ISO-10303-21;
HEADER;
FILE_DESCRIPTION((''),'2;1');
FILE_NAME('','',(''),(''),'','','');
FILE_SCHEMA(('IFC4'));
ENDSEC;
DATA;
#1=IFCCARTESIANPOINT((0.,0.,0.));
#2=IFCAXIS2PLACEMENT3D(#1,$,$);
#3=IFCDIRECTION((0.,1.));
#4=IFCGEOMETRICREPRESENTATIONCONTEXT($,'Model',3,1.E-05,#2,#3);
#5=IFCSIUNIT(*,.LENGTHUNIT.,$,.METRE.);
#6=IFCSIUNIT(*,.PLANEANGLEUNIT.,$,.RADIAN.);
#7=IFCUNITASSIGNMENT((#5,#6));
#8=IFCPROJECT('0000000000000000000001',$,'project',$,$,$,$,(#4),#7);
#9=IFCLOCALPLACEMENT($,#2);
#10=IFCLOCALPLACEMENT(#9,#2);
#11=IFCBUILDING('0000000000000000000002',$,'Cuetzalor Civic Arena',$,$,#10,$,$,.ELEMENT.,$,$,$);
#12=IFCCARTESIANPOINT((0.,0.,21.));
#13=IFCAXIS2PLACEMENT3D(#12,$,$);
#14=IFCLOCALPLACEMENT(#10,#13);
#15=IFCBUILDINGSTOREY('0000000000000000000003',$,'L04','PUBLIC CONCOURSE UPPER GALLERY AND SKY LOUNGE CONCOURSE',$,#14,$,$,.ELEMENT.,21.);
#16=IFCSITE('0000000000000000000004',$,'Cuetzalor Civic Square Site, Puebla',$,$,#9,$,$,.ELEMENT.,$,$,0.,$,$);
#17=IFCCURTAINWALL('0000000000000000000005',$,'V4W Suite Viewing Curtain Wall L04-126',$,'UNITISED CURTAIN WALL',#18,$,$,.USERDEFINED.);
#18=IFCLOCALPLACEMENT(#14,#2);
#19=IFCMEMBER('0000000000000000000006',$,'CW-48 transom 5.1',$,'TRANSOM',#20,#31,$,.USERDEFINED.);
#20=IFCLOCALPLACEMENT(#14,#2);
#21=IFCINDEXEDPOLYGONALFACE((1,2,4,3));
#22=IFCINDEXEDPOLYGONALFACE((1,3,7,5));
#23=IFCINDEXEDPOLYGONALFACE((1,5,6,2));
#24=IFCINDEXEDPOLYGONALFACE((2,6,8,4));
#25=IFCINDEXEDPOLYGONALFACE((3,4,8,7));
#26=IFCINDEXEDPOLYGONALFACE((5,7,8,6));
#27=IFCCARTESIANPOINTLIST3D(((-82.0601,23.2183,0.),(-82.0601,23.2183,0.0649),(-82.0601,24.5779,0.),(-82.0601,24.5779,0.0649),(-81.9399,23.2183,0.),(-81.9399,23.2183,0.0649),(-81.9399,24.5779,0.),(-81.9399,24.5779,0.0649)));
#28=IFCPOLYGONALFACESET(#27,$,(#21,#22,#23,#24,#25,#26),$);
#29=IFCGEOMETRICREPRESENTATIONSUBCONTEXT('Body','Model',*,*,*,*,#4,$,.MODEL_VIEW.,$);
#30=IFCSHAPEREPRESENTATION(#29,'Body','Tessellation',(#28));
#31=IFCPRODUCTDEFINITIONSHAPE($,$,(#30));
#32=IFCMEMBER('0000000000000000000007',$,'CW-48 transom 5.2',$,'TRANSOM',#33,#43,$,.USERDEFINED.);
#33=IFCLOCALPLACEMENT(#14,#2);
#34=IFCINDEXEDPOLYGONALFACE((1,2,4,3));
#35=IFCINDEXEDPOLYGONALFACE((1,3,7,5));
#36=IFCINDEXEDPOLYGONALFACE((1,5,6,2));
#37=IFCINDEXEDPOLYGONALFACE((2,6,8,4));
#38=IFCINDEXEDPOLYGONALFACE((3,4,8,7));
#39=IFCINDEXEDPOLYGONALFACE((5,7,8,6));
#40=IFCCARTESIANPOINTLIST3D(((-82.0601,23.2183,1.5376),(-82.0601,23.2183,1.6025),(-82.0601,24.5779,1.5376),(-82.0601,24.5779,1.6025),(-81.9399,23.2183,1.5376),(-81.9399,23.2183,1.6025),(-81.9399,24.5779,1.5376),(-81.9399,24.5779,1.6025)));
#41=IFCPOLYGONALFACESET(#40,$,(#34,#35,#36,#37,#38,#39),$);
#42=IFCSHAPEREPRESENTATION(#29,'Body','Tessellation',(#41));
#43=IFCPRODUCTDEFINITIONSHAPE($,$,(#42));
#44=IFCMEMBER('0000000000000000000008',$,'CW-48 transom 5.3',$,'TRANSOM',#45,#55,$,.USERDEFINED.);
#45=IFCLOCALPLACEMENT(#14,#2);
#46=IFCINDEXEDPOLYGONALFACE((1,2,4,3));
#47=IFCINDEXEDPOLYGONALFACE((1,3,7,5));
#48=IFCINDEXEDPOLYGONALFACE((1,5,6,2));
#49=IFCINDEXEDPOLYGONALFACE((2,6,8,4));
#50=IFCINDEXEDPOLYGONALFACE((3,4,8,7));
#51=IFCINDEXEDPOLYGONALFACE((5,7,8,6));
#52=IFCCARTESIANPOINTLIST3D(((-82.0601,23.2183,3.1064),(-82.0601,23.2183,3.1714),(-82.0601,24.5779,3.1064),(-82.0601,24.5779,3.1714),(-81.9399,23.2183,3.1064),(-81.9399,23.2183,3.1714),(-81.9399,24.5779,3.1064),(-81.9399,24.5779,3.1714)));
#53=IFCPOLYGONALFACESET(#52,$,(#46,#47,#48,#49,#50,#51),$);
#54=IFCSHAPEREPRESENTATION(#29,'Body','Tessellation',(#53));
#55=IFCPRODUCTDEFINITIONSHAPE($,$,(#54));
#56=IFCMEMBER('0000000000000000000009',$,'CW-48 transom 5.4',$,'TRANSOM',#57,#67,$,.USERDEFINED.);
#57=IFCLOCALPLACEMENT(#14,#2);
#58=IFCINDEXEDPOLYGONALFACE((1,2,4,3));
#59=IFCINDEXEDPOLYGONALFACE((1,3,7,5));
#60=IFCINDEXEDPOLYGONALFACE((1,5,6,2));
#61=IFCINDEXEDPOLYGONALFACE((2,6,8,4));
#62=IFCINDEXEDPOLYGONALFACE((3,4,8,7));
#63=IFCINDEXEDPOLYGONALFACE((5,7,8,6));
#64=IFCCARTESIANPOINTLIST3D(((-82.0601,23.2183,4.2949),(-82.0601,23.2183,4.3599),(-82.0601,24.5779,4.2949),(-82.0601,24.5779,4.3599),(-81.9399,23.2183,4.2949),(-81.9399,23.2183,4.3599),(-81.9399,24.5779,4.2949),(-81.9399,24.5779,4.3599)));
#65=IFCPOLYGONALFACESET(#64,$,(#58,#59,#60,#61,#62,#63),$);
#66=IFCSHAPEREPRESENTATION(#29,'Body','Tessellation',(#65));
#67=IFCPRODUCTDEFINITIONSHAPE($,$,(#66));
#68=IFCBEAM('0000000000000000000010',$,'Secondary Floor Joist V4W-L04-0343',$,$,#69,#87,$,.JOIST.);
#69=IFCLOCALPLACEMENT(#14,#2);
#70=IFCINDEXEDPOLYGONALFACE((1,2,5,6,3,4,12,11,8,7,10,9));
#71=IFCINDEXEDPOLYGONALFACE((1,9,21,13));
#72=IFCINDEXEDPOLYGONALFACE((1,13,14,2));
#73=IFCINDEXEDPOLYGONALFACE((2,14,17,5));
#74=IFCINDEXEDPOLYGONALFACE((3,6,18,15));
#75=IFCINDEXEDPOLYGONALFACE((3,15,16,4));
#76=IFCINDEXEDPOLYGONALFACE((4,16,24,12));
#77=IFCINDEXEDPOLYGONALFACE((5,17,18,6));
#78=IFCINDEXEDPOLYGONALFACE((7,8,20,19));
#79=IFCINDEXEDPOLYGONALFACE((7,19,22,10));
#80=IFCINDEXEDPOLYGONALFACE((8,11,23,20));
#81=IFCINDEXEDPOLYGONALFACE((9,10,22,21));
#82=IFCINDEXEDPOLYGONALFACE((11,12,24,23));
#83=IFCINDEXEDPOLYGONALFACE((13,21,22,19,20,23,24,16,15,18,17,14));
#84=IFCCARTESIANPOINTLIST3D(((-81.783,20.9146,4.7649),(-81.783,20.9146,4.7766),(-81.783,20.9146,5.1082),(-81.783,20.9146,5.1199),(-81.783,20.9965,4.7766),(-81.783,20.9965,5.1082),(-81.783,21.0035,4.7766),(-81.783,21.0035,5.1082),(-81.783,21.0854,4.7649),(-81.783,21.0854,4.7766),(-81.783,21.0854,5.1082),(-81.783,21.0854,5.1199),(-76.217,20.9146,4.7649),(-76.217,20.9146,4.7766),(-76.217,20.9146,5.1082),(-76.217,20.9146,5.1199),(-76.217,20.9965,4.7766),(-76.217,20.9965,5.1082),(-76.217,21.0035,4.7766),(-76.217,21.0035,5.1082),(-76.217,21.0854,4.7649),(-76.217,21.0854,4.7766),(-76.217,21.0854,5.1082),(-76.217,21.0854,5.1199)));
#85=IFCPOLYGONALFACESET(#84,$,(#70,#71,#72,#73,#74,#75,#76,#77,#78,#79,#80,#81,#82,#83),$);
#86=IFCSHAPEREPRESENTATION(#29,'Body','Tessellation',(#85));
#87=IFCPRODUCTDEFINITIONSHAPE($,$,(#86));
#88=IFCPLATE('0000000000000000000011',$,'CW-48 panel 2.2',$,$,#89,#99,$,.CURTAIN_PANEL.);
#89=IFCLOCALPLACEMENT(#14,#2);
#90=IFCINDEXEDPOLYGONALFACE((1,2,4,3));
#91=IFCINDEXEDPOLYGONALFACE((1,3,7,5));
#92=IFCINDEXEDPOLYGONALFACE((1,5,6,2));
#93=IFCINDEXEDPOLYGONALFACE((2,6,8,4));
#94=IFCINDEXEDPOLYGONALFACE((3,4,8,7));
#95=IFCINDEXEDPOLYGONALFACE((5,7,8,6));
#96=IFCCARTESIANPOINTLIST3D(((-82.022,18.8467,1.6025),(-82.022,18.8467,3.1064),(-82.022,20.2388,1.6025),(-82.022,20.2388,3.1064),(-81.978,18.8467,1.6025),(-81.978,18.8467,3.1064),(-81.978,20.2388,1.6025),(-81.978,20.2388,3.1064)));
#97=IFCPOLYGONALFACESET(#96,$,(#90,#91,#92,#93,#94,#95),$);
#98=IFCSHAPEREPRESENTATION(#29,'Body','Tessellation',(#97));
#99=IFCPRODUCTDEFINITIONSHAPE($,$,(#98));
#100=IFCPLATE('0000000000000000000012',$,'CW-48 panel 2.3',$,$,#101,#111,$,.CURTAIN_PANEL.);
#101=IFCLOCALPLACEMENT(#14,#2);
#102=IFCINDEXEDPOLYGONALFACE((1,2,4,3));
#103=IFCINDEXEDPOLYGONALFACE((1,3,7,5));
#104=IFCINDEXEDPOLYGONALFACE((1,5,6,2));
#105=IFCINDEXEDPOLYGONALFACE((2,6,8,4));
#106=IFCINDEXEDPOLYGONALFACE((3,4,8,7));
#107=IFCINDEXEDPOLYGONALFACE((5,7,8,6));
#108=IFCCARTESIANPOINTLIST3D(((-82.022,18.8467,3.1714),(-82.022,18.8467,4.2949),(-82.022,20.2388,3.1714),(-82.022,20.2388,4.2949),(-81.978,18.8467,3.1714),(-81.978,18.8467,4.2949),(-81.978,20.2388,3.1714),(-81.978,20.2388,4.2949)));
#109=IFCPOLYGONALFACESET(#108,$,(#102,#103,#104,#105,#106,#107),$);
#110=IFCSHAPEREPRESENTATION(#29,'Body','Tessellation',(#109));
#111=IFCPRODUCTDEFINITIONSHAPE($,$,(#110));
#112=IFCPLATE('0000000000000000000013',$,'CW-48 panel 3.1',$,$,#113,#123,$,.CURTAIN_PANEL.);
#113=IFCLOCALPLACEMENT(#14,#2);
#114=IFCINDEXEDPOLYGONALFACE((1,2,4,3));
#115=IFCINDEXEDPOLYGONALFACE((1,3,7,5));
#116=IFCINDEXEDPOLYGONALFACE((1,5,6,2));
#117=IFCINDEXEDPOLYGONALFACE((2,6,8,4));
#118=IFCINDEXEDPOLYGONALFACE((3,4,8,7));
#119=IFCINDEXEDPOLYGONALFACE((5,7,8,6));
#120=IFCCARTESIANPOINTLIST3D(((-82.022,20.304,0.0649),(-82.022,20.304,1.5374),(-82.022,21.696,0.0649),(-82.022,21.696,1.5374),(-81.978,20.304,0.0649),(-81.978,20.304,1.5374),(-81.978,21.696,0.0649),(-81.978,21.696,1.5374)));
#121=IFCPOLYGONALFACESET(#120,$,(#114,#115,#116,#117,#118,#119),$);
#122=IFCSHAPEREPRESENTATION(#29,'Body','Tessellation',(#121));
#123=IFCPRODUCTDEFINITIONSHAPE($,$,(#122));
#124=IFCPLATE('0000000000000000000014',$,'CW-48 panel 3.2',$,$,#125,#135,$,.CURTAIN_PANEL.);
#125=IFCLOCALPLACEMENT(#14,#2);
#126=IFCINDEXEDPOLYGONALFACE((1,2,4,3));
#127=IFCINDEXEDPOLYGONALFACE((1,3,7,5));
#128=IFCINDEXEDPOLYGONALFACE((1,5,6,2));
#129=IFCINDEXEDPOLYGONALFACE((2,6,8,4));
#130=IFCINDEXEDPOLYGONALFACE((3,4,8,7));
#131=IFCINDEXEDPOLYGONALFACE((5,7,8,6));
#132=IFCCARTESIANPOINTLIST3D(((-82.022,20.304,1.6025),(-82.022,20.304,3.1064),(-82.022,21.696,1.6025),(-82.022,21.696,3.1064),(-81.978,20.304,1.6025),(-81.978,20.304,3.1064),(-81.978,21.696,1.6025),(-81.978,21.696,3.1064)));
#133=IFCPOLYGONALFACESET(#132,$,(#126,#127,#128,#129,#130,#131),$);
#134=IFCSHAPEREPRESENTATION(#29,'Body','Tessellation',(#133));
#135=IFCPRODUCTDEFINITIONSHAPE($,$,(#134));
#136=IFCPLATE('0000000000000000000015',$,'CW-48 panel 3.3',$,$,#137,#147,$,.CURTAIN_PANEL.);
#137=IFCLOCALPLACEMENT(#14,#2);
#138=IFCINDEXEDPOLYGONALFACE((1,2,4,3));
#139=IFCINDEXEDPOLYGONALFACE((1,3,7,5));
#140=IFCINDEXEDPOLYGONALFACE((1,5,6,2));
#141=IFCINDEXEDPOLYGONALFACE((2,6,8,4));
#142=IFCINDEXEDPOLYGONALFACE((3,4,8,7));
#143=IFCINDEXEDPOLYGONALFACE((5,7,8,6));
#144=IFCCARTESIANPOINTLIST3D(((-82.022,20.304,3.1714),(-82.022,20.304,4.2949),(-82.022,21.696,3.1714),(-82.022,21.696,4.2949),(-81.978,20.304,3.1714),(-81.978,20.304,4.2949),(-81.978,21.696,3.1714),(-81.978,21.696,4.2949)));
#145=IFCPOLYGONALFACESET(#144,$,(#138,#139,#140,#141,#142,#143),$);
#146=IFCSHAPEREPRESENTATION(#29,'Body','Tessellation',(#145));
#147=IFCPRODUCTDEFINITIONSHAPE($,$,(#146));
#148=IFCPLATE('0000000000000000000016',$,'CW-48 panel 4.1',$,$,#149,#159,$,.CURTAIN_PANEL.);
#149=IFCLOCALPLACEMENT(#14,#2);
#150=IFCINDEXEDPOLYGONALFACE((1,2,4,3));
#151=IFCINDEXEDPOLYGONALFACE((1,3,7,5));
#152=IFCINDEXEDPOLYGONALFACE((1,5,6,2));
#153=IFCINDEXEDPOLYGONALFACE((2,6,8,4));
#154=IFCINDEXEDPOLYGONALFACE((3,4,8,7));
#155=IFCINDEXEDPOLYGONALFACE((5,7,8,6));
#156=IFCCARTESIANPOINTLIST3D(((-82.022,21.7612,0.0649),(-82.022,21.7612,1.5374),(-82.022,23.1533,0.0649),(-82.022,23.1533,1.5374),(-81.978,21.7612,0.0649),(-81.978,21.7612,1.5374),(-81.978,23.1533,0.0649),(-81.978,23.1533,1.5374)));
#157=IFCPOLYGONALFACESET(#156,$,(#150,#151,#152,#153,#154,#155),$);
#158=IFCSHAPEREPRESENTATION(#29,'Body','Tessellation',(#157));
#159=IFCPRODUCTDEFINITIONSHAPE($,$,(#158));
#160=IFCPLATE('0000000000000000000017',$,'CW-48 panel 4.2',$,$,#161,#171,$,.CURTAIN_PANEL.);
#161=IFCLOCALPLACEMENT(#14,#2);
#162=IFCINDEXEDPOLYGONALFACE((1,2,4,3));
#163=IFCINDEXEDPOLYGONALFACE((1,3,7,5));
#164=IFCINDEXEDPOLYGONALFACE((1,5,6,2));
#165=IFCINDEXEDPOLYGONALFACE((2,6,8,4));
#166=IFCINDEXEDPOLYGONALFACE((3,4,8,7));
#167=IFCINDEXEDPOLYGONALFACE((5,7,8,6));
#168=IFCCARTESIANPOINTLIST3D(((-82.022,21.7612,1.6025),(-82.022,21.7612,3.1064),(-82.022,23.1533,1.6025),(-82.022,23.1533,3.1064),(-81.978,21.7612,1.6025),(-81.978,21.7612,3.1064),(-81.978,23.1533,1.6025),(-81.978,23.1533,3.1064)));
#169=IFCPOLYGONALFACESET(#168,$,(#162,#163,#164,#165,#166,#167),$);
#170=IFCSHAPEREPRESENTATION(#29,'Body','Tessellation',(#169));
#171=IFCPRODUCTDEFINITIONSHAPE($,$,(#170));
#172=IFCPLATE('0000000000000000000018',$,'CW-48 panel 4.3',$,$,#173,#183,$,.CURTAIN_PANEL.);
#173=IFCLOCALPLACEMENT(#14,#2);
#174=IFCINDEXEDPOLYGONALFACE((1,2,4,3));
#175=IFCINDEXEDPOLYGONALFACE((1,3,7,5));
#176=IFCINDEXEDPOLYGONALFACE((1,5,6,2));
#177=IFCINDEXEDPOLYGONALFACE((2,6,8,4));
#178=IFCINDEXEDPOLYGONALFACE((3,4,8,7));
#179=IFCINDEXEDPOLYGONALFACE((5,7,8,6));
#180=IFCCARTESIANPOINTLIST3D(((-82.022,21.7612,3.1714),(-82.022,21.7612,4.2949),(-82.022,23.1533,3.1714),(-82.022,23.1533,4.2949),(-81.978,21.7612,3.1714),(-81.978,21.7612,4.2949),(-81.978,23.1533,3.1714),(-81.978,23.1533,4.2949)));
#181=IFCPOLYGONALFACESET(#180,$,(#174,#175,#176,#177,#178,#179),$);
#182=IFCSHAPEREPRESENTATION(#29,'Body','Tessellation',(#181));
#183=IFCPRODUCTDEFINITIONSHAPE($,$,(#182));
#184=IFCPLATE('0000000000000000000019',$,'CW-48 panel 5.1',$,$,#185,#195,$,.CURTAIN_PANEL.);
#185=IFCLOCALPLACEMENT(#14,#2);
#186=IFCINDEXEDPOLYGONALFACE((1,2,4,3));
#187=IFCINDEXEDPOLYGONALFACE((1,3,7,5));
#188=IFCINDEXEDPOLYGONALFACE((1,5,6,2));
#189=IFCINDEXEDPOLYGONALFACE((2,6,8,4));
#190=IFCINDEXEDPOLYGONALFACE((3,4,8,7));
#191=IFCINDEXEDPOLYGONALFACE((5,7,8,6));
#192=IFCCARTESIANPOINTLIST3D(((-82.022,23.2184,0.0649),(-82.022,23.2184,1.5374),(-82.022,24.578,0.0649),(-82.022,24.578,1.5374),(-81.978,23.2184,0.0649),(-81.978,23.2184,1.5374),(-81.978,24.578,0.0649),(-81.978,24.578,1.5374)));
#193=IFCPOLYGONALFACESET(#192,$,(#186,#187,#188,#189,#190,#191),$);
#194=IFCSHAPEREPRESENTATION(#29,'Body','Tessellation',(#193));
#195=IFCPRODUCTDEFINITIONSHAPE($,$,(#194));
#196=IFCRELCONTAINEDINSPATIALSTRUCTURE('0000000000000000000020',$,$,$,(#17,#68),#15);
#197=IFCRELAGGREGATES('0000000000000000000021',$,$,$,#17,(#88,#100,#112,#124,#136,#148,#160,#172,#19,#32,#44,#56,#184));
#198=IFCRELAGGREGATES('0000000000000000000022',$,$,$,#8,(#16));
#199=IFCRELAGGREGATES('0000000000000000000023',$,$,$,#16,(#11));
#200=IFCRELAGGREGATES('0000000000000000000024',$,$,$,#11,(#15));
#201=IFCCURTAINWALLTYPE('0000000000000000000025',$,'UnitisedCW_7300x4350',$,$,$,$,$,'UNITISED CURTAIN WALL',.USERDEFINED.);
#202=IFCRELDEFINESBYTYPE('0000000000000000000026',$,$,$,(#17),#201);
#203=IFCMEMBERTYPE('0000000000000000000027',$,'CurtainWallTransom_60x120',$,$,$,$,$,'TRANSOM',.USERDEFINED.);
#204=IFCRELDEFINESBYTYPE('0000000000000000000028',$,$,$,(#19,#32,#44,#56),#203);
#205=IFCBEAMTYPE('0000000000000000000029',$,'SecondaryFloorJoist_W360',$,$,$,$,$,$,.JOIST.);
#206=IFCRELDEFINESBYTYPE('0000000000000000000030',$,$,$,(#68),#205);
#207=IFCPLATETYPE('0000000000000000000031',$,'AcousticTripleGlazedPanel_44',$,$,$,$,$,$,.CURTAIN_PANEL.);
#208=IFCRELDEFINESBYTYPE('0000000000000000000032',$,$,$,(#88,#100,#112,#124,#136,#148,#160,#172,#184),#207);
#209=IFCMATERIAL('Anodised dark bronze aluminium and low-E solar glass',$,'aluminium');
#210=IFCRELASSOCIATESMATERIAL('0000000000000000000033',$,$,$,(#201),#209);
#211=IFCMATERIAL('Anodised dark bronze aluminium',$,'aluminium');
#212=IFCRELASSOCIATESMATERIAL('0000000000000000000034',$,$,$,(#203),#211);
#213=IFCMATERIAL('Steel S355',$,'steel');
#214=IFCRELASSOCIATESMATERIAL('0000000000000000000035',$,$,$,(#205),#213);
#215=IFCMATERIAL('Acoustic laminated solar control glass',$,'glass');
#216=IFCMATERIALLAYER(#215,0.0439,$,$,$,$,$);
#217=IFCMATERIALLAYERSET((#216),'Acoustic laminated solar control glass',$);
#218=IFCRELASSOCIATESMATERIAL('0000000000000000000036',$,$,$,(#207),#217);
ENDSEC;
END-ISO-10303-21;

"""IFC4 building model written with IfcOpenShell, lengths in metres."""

from ifc_helpers import new_model, si_unit, direction, frame, origin, origin_2d, place, context, subcontext, project, spatial, rectangle, i_section, extrude, material, layer, layer_set, material_profile, profile_set, type_object, element, aggregate, save


model = new_model("IFC4")

# Units and contexts
model_context = context("Model", 3, precision=1e-05, world=origin(), true_north=direction((0.0, 1.0)))
body_context = subcontext(model_context, "Body", "Model", "MODEL_VIEW")
ifc_project = project(units=[si_unit("LENGTHUNIT", "METRE"), si_unit("PLANEANGLEUNIT", "RADIAN")], contexts=[model_context])

# Site, building, storey
site_placement = place(None, origin())
site = spatial("IfcSite", under=ifc_project, at=site_placement, Name="Cuetzalor Civic Square Site, Puebla", CompositionType="ELEMENT", RefElevation=0.0)
building_placement = place(site_placement, origin())
building = spatial("IfcBuilding", under=site, at=building_placement, Name="Cuetzalor Civic Arena", CompositionType="ELEMENT")
storey_placement = place(building_placement, frame((0.0, 0.0, 21.0)))
storey = spatial("IfcBuildingStorey", under=building, at=storey_placement, Name="L04", Description="PUBLIC CONCOURSE UPPER GALLERY AND SKY LOUNGE CONCOURSE", CompositionType="ELEMENT", Elevation=21.0)

# Curtain wall, members
ifc_material_1 = material(Name="Anodised dark bronze aluminium and low-E solar glass", Category="aluminium")
curtain_wall_type = type_object("IfcCurtainWallType", Name="UnitisedCW_7300x4350", ElementType="UNITISED CURTAIN WALL", PredefinedType="USERDEFINED", material=ifc_material_1)
curtain_wall_placement = place(storey_placement, origin())
curtain_wall = element("IfcCurtainWall", 1, at=curtain_wall_placement, inside=storey, type_object=curtain_wall_type, Name="V4W Suite Viewing Curtain Wall L04-126", ObjectType="UNITISED CURTAIN WALL", PredefinedType="USERDEFINED")
ifc_material_2 = material(Name="Anodised dark bronze aluminium", Category="aluminium")
ifc_material_profile_1 = material_profile(ifc_material_2, rectangle(XDim=0.1201, YDim=0.0649, at=origin_2d()), Name="ALU TRANSOM 65x120")
ifc_profile_set_1 = profile_set([ifc_material_profile_1], Name="Anodised dark bronze aluminium")
member_type_1 = type_object("IfcMemberType", Name="CurtainWallTransom_60x120", ElementType="TRANSOM", PredefinedType="USERDEFINED", material=ifc_profile_set_1)
member_1_placement = place(storey_placement, frame((-82.0, 23.2183, 0.0325), z_axis=(0.0, 1.0, 0.0), x_axis=(-1.0, 0.0, 0.0)))
member_1 = element("IfcMember", 2, at=member_1_placement, type_object=member_type_1, Name="CW-48 transom 5.1", ObjectType="TRANSOM", PredefinedType="USERDEFINED", context=body_context, shape_type="SweptSolid", body=[
    extrude(rectangle(XDim=0.1201, YDim=0.0649, at=origin_2d()), origin(), (0.0, 0.0, 1.0), 1.3596),
])
member_2_placement = place(storey_placement, frame((-82.0, 23.2183, 1.5701), z_axis=(0.0, 1.0, 0.0), x_axis=(-1.0, 0.0, 0.0)))
member_2 = element("IfcMember", 3, at=member_2_placement, type_object=member_type_1, Name="CW-48 transom 5.2", ObjectType="TRANSOM", PredefinedType="USERDEFINED", context=body_context, shape_type="SweptSolid", body=[
    extrude(rectangle(XDim=0.1201, YDim=0.0649, at=origin_2d()), origin(), (0.0, 0.0, 1.0), 1.3596),
])
member_3_placement = place(storey_placement, frame((-82.0, 23.2183, 3.1389), z_axis=(0.0, 1.0, 0.0), x_axis=(-1.0, 0.0, 0.0)))
member_3 = element("IfcMember", 4, at=member_3_placement, type_object=member_type_1, Name="CW-48 transom 5.3", ObjectType="TRANSOM", PredefinedType="USERDEFINED", context=body_context, shape_type="SweptSolid", body=[
    extrude(rectangle(XDim=0.1201, YDim=0.0649, at=origin_2d()), origin(), (0.0, 0.0, 1.0), 1.3596),
])
member_4_placement = place(storey_placement, frame((-82.0, 23.2183, 4.3274), z_axis=(0.0, 1.0, 0.0), x_axis=(-1.0, 0.0, 0.0)))
member_4 = element("IfcMember", 5, at=member_4_placement, type_object=member_type_1, Name="CW-48 transom 5.4", ObjectType="TRANSOM", PredefinedType="USERDEFINED", context=body_context, shape_type="SweptSolid", body=[
    extrude(rectangle(XDim=0.1201, YDim=0.0649, at=origin_2d()), origin(), (0.0, 0.0, 1.0), 1.3596),
])

# Beam
ifc_material_3 = material(Name="Steel S355", Category="steel")
ifc_material_profile_2 = material_profile(ifc_material_3, i_section(OverallWidth=0.1709, OverallDepth=0.355, WebThickness=0.0071, FlangeThickness=0.0117, at=origin_2d()), Name="W360x51")
ifc_profile_set_2 = profile_set([ifc_material_profile_2], Name="Steel S355")
beam_type_1 = type_object("IfcBeamType", Name="SecondaryFloorJoist_W360", PredefinedType="JOIST", material=ifc_profile_set_2)
beam_1_placement = place(storey_placement, frame((-81.783, 21.0, 4.9424), z_axis=(1.0, 0.0, 0.0), x_axis=(0.0, 1.0, 0.0)))
element("IfcBeam", 6, at=beam_1_placement, inside=storey, type_object=beam_type_1, Name="Secondary Floor Joist V4W-L04-0343", PredefinedType="JOIST", context=body_context, shape_type="SweptSolid", body=[
    extrude(i_section(OverallWidth=0.1709, OverallDepth=0.355, WebThickness=0.0071, FlangeThickness=0.0117, at=origin_2d()), origin(), (0.0, 0.0, 1.0), 5.5659),
])

# Plates
ifc_material_4 = material(Name="Acoustic laminated solar control glass", Category="glass")
ifc_layer = layer(ifc_material_4, 0.0439)
ifc_layer_set = layer_set([ifc_layer], Name="Acoustic laminated solar control glass")
plate_type = type_object("IfcPlateType", Name="AcousticTripleGlazedPanel_44", PredefinedType="CURTAIN_PANEL", material=ifc_layer_set)
plate_1_placement = place(storey_placement, frame((-82.0, 19.5427, 1.6025), z_axis=(0.0, 0.0, 1.0), x_axis=(0.0, 1.0, 0.0)))
plate_1 = element("IfcPlate", 7, at=plate_1_placement, type_object=plate_type, Name="CW-48 panel 2.2", PredefinedType="CURTAIN_PANEL", context=body_context, shape_type="SweptSolid", body=[
    extrude(rectangle(XDim=1.3921, YDim=0.0439, at=origin_2d()), origin(), (0.0, 0.0, 1.0), 1.5039),
])
plate_2_placement = place(storey_placement, frame((-82.0, 19.5427, 3.1714), z_axis=(0.0, 0.0, 1.0), x_axis=(0.0, 1.0, 0.0)))
plate_2 = element("IfcPlate", 8, at=plate_2_placement, type_object=plate_type, Name="CW-48 panel 2.3", PredefinedType="CURTAIN_PANEL", context=body_context, shape_type="SweptSolid", body=[
    extrude(rectangle(XDim=1.3921, YDim=0.0439, at=origin_2d()), origin(), (0.0, 0.0, 1.0), 1.1235),
])
plate_3_placement = place(storey_placement, frame((-82.0, 21.0, 0.0649), z_axis=(0.0, 0.0, 1.0), x_axis=(0.0, 1.0, 0.0)))
plate_3 = element("IfcPlate", 9, at=plate_3_placement, type_object=plate_type, Name="CW-48 panel 3.1", PredefinedType="CURTAIN_PANEL", context=body_context, shape_type="SweptSolid", body=[
    extrude(rectangle(XDim=1.3921, YDim=0.0439, at=origin_2d()), origin(), (0.0, 0.0, 1.0), 1.4724),
])
plate_4_placement = place(storey_placement, frame((-82.0, 21.0, 1.6025), z_axis=(0.0, 0.0, 1.0), x_axis=(0.0, 1.0, 0.0)))
plate_4 = element("IfcPlate", 10, at=plate_4_placement, type_object=plate_type, Name="CW-48 panel 3.2", PredefinedType="CURTAIN_PANEL", context=body_context, shape_type="SweptSolid", body=[
    extrude(rectangle(XDim=1.3921, YDim=0.0439, at=origin_2d()), origin(), (0.0, 0.0, 1.0), 1.5039),
])
plate_5_placement = place(storey_placement, frame((-82.0, 21.0, 3.1714), z_axis=(0.0, 0.0, 1.0), x_axis=(0.0, 1.0, 0.0)))
plate_5 = element("IfcPlate", 11, at=plate_5_placement, type_object=plate_type, Name="CW-48 panel 3.3", PredefinedType="CURTAIN_PANEL", context=body_context, shape_type="SweptSolid", body=[
    extrude(rectangle(XDim=1.3921, YDim=0.0439, at=origin_2d()), origin(), (0.0, 0.0, 1.0), 1.1235),
])
plate_6_placement = place(storey_placement, frame((-82.0, 22.4573, 0.0649), z_axis=(0.0, 0.0, 1.0), x_axis=(0.0, 1.0, 0.0)))
plate_6 = element("IfcPlate", 12, at=plate_6_placement, type_object=plate_type, Name="CW-48 panel 4.1", PredefinedType="CURTAIN_PANEL", context=body_context, shape_type="SweptSolid", body=[
    extrude(rectangle(XDim=1.3921, YDim=0.0439, at=origin_2d()), origin(), (0.0, 0.0, 1.0), 1.4724),
])
plate_7_placement = place(storey_placement, frame((-82.0, 22.4573, 1.6025), z_axis=(0.0, 0.0, 1.0), x_axis=(0.0, 1.0, 0.0)))
plate_7 = element("IfcPlate", 13, at=plate_7_placement, type_object=plate_type, Name="CW-48 panel 4.2", PredefinedType="CURTAIN_PANEL", context=body_context, shape_type="SweptSolid", body=[
    extrude(rectangle(XDim=1.3921, YDim=0.0439, at=origin_2d()), origin(), (0.0, 0.0, 1.0), 1.5039),
])
plate_8_placement = place(storey_placement, frame((-82.0, 22.4573, 3.1714), z_axis=(0.0, 0.0, 1.0), x_axis=(0.0, 1.0, 0.0)))
plate_8 = element("IfcPlate", 14, at=plate_8_placement, type_object=plate_type, Name="CW-48 panel 4.3", PredefinedType="CURTAIN_PANEL", context=body_context, shape_type="SweptSolid", body=[
    extrude(rectangle(XDim=1.3921, YDim=0.0439, at=origin_2d()), origin(), (0.0, 0.0, 1.0), 1.1235),
])
plate_9_placement = place(storey_placement, frame((-82.0, 23.8982, 0.0649), z_axis=(0.0, 0.0, 1.0), x_axis=(0.0, 1.0, 0.0)))
plate_9 = element("IfcPlate", 15, at=plate_9_placement, type_object=plate_type, Name="CW-48 panel 5.1", PredefinedType="CURTAIN_PANEL", context=body_context, shape_type="SweptSolid", body=[
    extrude(rectangle(XDim=1.3596, YDim=0.0439, at=origin_2d()), origin(), (0.0, 0.0, 1.0), 1.4724),
])
aggregate(curtain_wall, [plate_1, plate_2, plate_3, plate_4, plate_5, plate_6, plate_7, plate_8, member_1, member_2, member_3, member_4, plate_9])

save(model, "model.ifc")
